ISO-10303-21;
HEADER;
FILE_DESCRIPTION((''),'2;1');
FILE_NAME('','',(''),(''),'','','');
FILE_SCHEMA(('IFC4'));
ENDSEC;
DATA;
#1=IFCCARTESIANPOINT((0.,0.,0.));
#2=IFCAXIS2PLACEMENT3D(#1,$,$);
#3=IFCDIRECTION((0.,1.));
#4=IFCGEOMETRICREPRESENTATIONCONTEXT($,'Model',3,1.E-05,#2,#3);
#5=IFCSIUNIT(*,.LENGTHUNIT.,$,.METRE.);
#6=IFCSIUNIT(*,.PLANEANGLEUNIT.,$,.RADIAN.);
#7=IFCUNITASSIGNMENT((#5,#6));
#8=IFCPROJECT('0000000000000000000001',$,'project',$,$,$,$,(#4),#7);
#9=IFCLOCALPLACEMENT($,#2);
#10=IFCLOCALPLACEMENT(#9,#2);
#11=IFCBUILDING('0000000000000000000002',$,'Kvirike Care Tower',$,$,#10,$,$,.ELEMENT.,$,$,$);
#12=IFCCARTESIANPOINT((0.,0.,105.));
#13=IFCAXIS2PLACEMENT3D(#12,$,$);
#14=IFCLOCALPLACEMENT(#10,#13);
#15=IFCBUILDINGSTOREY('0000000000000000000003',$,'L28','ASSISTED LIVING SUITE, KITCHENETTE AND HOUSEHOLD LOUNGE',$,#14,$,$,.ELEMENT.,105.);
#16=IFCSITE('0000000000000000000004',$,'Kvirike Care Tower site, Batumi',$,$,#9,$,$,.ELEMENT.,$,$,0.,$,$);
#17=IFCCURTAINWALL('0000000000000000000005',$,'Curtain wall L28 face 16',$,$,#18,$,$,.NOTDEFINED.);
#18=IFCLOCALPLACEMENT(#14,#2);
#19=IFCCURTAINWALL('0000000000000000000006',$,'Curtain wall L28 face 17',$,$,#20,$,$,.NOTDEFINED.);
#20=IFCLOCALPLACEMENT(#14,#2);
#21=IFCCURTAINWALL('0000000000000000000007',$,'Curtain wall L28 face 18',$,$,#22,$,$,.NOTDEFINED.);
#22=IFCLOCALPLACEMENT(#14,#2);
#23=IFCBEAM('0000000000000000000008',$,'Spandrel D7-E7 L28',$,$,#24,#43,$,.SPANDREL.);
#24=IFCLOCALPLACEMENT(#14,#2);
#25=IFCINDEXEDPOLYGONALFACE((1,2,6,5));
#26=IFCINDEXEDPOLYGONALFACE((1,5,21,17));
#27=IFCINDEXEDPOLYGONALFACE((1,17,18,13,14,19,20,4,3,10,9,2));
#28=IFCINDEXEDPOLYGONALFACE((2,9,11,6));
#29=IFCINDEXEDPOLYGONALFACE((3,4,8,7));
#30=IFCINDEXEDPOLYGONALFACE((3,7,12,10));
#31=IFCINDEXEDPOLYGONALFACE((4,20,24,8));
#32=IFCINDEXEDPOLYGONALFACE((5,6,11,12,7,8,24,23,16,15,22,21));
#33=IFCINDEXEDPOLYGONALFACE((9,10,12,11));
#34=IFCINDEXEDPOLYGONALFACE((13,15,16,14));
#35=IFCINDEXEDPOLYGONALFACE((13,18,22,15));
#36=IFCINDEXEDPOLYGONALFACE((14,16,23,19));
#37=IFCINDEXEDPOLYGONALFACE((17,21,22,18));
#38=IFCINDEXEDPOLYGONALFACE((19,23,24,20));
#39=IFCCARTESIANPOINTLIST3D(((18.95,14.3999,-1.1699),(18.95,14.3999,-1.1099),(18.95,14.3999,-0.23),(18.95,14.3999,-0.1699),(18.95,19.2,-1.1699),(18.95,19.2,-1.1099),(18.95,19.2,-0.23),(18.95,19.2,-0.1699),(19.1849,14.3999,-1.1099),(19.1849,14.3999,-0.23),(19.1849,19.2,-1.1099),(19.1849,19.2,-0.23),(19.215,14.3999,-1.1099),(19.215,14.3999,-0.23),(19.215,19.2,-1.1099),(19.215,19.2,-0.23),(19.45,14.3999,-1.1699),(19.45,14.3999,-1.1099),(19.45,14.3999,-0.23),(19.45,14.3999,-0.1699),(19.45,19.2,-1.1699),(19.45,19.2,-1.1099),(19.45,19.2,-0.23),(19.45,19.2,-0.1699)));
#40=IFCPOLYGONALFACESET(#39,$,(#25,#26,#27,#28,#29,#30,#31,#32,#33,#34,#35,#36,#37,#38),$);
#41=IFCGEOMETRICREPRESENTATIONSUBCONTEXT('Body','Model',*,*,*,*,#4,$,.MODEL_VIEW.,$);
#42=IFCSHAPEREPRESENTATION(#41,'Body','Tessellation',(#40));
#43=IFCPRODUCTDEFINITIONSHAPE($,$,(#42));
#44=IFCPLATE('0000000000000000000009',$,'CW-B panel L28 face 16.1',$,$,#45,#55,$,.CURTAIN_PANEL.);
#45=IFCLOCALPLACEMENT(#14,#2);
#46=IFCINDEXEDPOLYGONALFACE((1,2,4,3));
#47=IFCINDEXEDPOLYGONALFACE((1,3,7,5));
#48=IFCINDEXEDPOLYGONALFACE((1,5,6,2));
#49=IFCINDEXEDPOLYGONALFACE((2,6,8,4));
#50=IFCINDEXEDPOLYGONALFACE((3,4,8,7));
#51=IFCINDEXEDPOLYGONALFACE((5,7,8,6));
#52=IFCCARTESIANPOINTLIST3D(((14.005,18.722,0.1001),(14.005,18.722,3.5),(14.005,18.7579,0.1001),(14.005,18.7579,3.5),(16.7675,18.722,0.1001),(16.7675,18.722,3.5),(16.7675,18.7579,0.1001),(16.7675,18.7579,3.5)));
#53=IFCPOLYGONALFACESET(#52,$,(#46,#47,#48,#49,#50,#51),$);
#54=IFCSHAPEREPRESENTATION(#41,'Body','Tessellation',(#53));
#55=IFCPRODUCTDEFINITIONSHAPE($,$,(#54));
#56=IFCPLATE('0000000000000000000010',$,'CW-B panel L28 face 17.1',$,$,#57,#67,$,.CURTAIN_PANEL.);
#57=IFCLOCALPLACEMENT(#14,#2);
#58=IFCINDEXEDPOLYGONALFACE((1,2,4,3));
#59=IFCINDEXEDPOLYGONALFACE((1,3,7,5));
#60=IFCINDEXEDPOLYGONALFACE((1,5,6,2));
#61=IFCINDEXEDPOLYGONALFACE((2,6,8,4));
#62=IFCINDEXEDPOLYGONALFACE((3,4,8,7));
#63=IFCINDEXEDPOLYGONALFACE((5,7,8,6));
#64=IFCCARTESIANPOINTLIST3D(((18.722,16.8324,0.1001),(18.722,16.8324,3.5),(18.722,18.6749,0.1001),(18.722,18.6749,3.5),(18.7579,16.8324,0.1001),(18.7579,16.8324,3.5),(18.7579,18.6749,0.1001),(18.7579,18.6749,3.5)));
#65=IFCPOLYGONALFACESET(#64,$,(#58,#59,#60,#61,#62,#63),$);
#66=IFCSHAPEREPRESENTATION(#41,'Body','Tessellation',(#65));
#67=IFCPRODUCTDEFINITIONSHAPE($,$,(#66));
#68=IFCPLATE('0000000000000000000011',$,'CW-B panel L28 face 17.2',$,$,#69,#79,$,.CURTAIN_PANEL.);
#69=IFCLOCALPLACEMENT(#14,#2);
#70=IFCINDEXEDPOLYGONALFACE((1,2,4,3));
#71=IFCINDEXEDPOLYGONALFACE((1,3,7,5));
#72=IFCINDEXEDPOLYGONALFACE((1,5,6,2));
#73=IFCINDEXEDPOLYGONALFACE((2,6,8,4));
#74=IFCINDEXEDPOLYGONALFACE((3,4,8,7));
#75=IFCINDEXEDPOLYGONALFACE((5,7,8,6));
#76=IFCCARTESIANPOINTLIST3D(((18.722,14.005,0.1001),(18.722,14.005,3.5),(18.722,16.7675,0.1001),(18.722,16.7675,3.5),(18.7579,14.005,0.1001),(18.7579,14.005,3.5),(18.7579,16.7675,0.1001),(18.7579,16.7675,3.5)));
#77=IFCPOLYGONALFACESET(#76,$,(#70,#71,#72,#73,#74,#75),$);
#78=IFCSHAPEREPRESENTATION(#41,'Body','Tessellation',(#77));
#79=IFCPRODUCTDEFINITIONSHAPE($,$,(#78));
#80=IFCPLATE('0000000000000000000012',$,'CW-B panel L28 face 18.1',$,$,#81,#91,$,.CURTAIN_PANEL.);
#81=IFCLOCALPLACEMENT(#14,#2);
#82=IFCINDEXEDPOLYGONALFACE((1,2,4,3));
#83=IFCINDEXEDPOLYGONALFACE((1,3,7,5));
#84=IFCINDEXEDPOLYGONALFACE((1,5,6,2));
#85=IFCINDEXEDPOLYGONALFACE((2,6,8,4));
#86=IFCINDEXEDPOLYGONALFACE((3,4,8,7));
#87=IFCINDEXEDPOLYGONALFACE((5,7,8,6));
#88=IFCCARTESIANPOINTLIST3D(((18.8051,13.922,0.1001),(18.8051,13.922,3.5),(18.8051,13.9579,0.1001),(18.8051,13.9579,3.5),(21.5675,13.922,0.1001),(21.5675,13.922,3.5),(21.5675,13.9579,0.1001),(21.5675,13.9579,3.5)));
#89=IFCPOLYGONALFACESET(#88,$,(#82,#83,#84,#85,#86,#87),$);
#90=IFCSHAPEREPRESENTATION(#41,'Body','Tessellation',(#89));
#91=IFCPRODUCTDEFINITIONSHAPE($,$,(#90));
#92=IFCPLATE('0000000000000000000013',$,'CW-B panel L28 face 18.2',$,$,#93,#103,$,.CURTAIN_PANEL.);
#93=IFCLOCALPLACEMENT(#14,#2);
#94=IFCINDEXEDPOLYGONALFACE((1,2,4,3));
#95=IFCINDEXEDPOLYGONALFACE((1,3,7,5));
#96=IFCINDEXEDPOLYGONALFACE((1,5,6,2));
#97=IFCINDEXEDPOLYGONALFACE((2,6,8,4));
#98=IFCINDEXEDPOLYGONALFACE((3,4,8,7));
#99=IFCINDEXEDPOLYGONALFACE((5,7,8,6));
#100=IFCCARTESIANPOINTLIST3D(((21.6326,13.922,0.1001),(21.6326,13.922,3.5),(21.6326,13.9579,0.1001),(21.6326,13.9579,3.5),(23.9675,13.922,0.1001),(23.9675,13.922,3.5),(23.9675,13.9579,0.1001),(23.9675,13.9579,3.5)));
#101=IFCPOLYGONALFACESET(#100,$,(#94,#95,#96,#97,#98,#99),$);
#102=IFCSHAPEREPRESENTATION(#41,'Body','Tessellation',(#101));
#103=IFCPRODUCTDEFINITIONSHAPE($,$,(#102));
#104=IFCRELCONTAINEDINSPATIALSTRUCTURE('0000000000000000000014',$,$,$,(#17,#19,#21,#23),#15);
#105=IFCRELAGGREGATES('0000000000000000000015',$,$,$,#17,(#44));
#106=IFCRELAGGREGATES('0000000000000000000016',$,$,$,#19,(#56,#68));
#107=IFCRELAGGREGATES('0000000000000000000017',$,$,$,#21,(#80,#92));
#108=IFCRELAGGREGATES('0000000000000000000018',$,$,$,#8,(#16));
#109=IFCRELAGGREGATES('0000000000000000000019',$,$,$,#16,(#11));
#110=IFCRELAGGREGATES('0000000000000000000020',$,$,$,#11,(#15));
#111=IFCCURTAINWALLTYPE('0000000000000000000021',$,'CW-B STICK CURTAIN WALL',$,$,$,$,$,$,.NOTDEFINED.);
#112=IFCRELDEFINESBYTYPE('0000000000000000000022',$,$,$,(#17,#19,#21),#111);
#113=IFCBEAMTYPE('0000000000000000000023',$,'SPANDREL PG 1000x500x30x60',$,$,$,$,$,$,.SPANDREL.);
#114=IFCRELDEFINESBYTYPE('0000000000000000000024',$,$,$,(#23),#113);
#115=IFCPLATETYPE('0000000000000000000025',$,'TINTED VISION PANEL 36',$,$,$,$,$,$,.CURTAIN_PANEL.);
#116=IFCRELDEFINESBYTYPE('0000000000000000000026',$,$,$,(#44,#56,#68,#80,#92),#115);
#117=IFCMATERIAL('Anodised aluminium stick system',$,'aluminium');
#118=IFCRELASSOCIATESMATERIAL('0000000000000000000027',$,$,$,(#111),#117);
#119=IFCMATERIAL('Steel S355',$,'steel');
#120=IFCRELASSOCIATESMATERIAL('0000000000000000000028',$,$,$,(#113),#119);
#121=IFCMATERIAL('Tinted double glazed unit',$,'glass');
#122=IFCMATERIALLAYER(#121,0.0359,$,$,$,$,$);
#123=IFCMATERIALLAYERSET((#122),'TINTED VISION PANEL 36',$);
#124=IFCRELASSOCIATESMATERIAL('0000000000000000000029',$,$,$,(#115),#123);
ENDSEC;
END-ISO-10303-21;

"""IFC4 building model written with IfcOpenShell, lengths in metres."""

from ifc_helpers import new_model, si_unit, direction, frame, origin, origin_2d, place, context, subcontext, project, spatial, rectangle, i_section, extrude, material, layer, layer_set, material_profile, profile_set, type_object, element, aggregate, save


model = new_model("IFC4")

# Units and contexts
model_context = context("Model", 3, precision=1e-05, world=origin(), true_north=direction((0.0, 1.0)))
body_context = subcontext(model_context, "Body", "Model", "MODEL_VIEW")
ifc_project = project(units=[si_unit("LENGTHUNIT", "METRE"), si_unit("PLANEANGLEUNIT", "RADIAN")], contexts=[model_context])

# Site, building, storey
site_placement = place(None, origin())
site = spatial("IfcSite", under=ifc_project, at=site_placement, Name="Kvirike Care Tower site, Batumi", CompositionType="ELEMENT", RefElevation=0.0)
building_placement = place(site_placement, origin())
building = spatial("IfcBuilding", under=site, at=building_placement, Name="Kvirike Care Tower", CompositionType="ELEMENT")
storey_placement = place(building_placement, frame((0.0, 0.0, 105.0)))
storey = spatial("IfcBuildingStorey", under=building, at=storey_placement, Name="L28", Description="ASSISTED LIVING SUITE, KITCHENETTE AND HOUSEHOLD LOUNGE", CompositionType="ELEMENT", Elevation=105.0)

# Curtain wall
ifc_material_1 = material(Name="Anodised aluminium stick system", Category="aluminium")
curtain_wall_type = type_object("IfcCurtainWallType", Name="CW-B STICK CURTAIN WALL", PredefinedType="NOTDEFINED", material=ifc_material_1)
curtain_wall_1_placement = place(storey_placement, origin())
curtain_wall_1 = element("IfcCurtainWall", 1, at=curtain_wall_1_placement, inside=storey, type_object=curtain_wall_type, Name="Curtain wall L28 face 16", PredefinedType="NOTDEFINED")

# Curtain walls
curtain_wall_2_placement = place(storey_placement, origin())
curtain_wall_2 = element("IfcCurtainWall", 2, at=curtain_wall_2_placement, inside=storey, type_object=curtain_wall_type, Name="Curtain wall L28 face 17", PredefinedType="NOTDEFINED")
curtain_wall_3_placement = place(storey_placement, origin())
curtain_wall_3 = element("IfcCurtainWall", 3, at=curtain_wall_3_placement, inside=storey, type_object=curtain_wall_type, Name="Curtain wall L28 face 18", PredefinedType="NOTDEFINED")

# Beam
ifc_material_2 = material(Name="Steel S355", Category="steel")
ifc_material_profile_1 = material_profile(ifc_material_2, i_section(OverallWidth=0.5, OverallDepth=1.0, WebThickness=0.03, FlangeThickness=0.0601, at=origin_2d()), Name="PG 1000x500x30x60")
ifc_profile_set_1 = profile_set([ifc_material_profile_1], Name="Steel S355")
beam_type = type_object("IfcBeamType", Name="SPANDREL PG 1000x500x30x60", PredefinedType="SPANDREL", material=ifc_profile_set_1)
for number, where, z_axis, x_axis, name in (
    (4, (19.2, 14.3999, -0.6699), (0.0, 1.0, 0.0), (-1.0, 0.0, 0.0), "Spandrel D7-E7 L28"),
):
    element("IfcBeam", number, at=place(storey_placement, frame(where, z_axis=z_axis, x_axis=x_axis)), inside=storey, type_object=beam_type, Name=name, PredefinedType="SPANDREL", context=body_context, shape_type="SweptSolid", body=[
        extrude(i_section(OverallWidth=0.5, OverallDepth=1.0, WebThickness=0.03, FlangeThickness=0.0601, at=origin_2d()), origin(), (0.0, 0.0, 1.0), 4.8),
    ])

# Plates
ifc_material_3 = material(Name="Tinted double glazed unit", Category="glass")
ifc_layer = layer(ifc_material_3, 0.0359)
ifc_layer_set = layer_set([ifc_layer], Name="TINTED VISION PANEL 36")
plate_type = type_object("IfcPlateType", Name="TINTED VISION PANEL 36", PredefinedType="CURTAIN_PANEL", material=ifc_layer_set)
plate_1_placement = place(storey_placement, frame((15.3862, 18.74, 0.1001), z_axis=(0.0, 0.0, 1.0), x_axis=(1.0, 0.0, 0.0)))
plate_1 = element("IfcPlate", 5, at=plate_1_placement, type_object=plate_type, Name="CW-B panel L28 face 16.1", PredefinedType="CURTAIN_PANEL", context=body_context, shape_type="SweptSolid", body=[
    extrude(rectangle(XDim=2.7625, YDim=0.0359, at=origin_2d()), origin(), (0.0, 0.0, 1.0), 3.3999),
])
aggregate(curtain_wall_1, [plate_1])
plate_2_placement = place(storey_placement, frame((18.74, 17.7537, 0.1001), z_axis=(0.0, 0.0, 1.0), x_axis=(0.0, -1.0, 0.0)))
plate_2 = element("IfcPlate", 6, at=plate_2_placement, type_object=plate_type, Name="CW-B panel L28 face 17.1", PredefinedType="CURTAIN_PANEL", context=body_context, shape_type="SweptSolid", body=[
    extrude(rectangle(XDim=1.8425, YDim=0.0359, at=origin_2d()), origin(), (0.0, 0.0, 1.0), 3.3999),
])
plate_3_placement = place(storey_placement, frame((18.74, 15.3862, 0.1001), z_axis=(0.0, 0.0, 1.0), x_axis=(0.0, -1.0, 0.0)))
plate_3 = element("IfcPlate", 7, at=plate_3_placement, type_object=plate_type, Name="CW-B panel L28 face 17.2", PredefinedType="CURTAIN_PANEL", context=body_context, shape_type="SweptSolid", body=[
    extrude(rectangle(XDim=2.7625, YDim=0.0359, at=origin_2d()), origin(), (0.0, 0.0, 1.0), 3.3999),
])
aggregate(curtain_wall_2, [plate_2, plate_3])
plate_4_placement = place(storey_placement, frame((20.1863, 13.9399, 0.1001), z_axis=(0.0, 0.0, 1.0), x_axis=(1.0, 0.0, 0.0)))
plate_4 = element("IfcPlate", 8, at=plate_4_placement, type_object=plate_type, Name="CW-B panel L28 face 18.1", PredefinedType="CURTAIN_PANEL", context=body_context, shape_type="SweptSolid", body=[
    extrude(rectangle(XDim=2.7625, YDim=0.0359, at=origin_2d()), origin(), (0.0, 0.0, 1.0), 3.3999),
])
plate_5_placement = place(storey_placement, frame((22.8, 13.9399, 0.1001), z_axis=(0.0, 0.0, 1.0), x_axis=(1.0, 0.0, 0.0)))
plate_5 = element("IfcPlate", 9, at=plate_5_placement, type_object=plate_type, Name="CW-B panel L28 face 18.2", PredefinedType="CURTAIN_PANEL", context=body_context, shape_type="SweptSolid", body=[
    extrude(rectangle(XDim=2.335, YDim=0.0359, at=origin_2d()), origin(), (0.0, 0.0, 1.0), 3.3999),
])
aggregate(curtain_wall_3, [plate_4, plate_5])

save(model, "model.ifc")
